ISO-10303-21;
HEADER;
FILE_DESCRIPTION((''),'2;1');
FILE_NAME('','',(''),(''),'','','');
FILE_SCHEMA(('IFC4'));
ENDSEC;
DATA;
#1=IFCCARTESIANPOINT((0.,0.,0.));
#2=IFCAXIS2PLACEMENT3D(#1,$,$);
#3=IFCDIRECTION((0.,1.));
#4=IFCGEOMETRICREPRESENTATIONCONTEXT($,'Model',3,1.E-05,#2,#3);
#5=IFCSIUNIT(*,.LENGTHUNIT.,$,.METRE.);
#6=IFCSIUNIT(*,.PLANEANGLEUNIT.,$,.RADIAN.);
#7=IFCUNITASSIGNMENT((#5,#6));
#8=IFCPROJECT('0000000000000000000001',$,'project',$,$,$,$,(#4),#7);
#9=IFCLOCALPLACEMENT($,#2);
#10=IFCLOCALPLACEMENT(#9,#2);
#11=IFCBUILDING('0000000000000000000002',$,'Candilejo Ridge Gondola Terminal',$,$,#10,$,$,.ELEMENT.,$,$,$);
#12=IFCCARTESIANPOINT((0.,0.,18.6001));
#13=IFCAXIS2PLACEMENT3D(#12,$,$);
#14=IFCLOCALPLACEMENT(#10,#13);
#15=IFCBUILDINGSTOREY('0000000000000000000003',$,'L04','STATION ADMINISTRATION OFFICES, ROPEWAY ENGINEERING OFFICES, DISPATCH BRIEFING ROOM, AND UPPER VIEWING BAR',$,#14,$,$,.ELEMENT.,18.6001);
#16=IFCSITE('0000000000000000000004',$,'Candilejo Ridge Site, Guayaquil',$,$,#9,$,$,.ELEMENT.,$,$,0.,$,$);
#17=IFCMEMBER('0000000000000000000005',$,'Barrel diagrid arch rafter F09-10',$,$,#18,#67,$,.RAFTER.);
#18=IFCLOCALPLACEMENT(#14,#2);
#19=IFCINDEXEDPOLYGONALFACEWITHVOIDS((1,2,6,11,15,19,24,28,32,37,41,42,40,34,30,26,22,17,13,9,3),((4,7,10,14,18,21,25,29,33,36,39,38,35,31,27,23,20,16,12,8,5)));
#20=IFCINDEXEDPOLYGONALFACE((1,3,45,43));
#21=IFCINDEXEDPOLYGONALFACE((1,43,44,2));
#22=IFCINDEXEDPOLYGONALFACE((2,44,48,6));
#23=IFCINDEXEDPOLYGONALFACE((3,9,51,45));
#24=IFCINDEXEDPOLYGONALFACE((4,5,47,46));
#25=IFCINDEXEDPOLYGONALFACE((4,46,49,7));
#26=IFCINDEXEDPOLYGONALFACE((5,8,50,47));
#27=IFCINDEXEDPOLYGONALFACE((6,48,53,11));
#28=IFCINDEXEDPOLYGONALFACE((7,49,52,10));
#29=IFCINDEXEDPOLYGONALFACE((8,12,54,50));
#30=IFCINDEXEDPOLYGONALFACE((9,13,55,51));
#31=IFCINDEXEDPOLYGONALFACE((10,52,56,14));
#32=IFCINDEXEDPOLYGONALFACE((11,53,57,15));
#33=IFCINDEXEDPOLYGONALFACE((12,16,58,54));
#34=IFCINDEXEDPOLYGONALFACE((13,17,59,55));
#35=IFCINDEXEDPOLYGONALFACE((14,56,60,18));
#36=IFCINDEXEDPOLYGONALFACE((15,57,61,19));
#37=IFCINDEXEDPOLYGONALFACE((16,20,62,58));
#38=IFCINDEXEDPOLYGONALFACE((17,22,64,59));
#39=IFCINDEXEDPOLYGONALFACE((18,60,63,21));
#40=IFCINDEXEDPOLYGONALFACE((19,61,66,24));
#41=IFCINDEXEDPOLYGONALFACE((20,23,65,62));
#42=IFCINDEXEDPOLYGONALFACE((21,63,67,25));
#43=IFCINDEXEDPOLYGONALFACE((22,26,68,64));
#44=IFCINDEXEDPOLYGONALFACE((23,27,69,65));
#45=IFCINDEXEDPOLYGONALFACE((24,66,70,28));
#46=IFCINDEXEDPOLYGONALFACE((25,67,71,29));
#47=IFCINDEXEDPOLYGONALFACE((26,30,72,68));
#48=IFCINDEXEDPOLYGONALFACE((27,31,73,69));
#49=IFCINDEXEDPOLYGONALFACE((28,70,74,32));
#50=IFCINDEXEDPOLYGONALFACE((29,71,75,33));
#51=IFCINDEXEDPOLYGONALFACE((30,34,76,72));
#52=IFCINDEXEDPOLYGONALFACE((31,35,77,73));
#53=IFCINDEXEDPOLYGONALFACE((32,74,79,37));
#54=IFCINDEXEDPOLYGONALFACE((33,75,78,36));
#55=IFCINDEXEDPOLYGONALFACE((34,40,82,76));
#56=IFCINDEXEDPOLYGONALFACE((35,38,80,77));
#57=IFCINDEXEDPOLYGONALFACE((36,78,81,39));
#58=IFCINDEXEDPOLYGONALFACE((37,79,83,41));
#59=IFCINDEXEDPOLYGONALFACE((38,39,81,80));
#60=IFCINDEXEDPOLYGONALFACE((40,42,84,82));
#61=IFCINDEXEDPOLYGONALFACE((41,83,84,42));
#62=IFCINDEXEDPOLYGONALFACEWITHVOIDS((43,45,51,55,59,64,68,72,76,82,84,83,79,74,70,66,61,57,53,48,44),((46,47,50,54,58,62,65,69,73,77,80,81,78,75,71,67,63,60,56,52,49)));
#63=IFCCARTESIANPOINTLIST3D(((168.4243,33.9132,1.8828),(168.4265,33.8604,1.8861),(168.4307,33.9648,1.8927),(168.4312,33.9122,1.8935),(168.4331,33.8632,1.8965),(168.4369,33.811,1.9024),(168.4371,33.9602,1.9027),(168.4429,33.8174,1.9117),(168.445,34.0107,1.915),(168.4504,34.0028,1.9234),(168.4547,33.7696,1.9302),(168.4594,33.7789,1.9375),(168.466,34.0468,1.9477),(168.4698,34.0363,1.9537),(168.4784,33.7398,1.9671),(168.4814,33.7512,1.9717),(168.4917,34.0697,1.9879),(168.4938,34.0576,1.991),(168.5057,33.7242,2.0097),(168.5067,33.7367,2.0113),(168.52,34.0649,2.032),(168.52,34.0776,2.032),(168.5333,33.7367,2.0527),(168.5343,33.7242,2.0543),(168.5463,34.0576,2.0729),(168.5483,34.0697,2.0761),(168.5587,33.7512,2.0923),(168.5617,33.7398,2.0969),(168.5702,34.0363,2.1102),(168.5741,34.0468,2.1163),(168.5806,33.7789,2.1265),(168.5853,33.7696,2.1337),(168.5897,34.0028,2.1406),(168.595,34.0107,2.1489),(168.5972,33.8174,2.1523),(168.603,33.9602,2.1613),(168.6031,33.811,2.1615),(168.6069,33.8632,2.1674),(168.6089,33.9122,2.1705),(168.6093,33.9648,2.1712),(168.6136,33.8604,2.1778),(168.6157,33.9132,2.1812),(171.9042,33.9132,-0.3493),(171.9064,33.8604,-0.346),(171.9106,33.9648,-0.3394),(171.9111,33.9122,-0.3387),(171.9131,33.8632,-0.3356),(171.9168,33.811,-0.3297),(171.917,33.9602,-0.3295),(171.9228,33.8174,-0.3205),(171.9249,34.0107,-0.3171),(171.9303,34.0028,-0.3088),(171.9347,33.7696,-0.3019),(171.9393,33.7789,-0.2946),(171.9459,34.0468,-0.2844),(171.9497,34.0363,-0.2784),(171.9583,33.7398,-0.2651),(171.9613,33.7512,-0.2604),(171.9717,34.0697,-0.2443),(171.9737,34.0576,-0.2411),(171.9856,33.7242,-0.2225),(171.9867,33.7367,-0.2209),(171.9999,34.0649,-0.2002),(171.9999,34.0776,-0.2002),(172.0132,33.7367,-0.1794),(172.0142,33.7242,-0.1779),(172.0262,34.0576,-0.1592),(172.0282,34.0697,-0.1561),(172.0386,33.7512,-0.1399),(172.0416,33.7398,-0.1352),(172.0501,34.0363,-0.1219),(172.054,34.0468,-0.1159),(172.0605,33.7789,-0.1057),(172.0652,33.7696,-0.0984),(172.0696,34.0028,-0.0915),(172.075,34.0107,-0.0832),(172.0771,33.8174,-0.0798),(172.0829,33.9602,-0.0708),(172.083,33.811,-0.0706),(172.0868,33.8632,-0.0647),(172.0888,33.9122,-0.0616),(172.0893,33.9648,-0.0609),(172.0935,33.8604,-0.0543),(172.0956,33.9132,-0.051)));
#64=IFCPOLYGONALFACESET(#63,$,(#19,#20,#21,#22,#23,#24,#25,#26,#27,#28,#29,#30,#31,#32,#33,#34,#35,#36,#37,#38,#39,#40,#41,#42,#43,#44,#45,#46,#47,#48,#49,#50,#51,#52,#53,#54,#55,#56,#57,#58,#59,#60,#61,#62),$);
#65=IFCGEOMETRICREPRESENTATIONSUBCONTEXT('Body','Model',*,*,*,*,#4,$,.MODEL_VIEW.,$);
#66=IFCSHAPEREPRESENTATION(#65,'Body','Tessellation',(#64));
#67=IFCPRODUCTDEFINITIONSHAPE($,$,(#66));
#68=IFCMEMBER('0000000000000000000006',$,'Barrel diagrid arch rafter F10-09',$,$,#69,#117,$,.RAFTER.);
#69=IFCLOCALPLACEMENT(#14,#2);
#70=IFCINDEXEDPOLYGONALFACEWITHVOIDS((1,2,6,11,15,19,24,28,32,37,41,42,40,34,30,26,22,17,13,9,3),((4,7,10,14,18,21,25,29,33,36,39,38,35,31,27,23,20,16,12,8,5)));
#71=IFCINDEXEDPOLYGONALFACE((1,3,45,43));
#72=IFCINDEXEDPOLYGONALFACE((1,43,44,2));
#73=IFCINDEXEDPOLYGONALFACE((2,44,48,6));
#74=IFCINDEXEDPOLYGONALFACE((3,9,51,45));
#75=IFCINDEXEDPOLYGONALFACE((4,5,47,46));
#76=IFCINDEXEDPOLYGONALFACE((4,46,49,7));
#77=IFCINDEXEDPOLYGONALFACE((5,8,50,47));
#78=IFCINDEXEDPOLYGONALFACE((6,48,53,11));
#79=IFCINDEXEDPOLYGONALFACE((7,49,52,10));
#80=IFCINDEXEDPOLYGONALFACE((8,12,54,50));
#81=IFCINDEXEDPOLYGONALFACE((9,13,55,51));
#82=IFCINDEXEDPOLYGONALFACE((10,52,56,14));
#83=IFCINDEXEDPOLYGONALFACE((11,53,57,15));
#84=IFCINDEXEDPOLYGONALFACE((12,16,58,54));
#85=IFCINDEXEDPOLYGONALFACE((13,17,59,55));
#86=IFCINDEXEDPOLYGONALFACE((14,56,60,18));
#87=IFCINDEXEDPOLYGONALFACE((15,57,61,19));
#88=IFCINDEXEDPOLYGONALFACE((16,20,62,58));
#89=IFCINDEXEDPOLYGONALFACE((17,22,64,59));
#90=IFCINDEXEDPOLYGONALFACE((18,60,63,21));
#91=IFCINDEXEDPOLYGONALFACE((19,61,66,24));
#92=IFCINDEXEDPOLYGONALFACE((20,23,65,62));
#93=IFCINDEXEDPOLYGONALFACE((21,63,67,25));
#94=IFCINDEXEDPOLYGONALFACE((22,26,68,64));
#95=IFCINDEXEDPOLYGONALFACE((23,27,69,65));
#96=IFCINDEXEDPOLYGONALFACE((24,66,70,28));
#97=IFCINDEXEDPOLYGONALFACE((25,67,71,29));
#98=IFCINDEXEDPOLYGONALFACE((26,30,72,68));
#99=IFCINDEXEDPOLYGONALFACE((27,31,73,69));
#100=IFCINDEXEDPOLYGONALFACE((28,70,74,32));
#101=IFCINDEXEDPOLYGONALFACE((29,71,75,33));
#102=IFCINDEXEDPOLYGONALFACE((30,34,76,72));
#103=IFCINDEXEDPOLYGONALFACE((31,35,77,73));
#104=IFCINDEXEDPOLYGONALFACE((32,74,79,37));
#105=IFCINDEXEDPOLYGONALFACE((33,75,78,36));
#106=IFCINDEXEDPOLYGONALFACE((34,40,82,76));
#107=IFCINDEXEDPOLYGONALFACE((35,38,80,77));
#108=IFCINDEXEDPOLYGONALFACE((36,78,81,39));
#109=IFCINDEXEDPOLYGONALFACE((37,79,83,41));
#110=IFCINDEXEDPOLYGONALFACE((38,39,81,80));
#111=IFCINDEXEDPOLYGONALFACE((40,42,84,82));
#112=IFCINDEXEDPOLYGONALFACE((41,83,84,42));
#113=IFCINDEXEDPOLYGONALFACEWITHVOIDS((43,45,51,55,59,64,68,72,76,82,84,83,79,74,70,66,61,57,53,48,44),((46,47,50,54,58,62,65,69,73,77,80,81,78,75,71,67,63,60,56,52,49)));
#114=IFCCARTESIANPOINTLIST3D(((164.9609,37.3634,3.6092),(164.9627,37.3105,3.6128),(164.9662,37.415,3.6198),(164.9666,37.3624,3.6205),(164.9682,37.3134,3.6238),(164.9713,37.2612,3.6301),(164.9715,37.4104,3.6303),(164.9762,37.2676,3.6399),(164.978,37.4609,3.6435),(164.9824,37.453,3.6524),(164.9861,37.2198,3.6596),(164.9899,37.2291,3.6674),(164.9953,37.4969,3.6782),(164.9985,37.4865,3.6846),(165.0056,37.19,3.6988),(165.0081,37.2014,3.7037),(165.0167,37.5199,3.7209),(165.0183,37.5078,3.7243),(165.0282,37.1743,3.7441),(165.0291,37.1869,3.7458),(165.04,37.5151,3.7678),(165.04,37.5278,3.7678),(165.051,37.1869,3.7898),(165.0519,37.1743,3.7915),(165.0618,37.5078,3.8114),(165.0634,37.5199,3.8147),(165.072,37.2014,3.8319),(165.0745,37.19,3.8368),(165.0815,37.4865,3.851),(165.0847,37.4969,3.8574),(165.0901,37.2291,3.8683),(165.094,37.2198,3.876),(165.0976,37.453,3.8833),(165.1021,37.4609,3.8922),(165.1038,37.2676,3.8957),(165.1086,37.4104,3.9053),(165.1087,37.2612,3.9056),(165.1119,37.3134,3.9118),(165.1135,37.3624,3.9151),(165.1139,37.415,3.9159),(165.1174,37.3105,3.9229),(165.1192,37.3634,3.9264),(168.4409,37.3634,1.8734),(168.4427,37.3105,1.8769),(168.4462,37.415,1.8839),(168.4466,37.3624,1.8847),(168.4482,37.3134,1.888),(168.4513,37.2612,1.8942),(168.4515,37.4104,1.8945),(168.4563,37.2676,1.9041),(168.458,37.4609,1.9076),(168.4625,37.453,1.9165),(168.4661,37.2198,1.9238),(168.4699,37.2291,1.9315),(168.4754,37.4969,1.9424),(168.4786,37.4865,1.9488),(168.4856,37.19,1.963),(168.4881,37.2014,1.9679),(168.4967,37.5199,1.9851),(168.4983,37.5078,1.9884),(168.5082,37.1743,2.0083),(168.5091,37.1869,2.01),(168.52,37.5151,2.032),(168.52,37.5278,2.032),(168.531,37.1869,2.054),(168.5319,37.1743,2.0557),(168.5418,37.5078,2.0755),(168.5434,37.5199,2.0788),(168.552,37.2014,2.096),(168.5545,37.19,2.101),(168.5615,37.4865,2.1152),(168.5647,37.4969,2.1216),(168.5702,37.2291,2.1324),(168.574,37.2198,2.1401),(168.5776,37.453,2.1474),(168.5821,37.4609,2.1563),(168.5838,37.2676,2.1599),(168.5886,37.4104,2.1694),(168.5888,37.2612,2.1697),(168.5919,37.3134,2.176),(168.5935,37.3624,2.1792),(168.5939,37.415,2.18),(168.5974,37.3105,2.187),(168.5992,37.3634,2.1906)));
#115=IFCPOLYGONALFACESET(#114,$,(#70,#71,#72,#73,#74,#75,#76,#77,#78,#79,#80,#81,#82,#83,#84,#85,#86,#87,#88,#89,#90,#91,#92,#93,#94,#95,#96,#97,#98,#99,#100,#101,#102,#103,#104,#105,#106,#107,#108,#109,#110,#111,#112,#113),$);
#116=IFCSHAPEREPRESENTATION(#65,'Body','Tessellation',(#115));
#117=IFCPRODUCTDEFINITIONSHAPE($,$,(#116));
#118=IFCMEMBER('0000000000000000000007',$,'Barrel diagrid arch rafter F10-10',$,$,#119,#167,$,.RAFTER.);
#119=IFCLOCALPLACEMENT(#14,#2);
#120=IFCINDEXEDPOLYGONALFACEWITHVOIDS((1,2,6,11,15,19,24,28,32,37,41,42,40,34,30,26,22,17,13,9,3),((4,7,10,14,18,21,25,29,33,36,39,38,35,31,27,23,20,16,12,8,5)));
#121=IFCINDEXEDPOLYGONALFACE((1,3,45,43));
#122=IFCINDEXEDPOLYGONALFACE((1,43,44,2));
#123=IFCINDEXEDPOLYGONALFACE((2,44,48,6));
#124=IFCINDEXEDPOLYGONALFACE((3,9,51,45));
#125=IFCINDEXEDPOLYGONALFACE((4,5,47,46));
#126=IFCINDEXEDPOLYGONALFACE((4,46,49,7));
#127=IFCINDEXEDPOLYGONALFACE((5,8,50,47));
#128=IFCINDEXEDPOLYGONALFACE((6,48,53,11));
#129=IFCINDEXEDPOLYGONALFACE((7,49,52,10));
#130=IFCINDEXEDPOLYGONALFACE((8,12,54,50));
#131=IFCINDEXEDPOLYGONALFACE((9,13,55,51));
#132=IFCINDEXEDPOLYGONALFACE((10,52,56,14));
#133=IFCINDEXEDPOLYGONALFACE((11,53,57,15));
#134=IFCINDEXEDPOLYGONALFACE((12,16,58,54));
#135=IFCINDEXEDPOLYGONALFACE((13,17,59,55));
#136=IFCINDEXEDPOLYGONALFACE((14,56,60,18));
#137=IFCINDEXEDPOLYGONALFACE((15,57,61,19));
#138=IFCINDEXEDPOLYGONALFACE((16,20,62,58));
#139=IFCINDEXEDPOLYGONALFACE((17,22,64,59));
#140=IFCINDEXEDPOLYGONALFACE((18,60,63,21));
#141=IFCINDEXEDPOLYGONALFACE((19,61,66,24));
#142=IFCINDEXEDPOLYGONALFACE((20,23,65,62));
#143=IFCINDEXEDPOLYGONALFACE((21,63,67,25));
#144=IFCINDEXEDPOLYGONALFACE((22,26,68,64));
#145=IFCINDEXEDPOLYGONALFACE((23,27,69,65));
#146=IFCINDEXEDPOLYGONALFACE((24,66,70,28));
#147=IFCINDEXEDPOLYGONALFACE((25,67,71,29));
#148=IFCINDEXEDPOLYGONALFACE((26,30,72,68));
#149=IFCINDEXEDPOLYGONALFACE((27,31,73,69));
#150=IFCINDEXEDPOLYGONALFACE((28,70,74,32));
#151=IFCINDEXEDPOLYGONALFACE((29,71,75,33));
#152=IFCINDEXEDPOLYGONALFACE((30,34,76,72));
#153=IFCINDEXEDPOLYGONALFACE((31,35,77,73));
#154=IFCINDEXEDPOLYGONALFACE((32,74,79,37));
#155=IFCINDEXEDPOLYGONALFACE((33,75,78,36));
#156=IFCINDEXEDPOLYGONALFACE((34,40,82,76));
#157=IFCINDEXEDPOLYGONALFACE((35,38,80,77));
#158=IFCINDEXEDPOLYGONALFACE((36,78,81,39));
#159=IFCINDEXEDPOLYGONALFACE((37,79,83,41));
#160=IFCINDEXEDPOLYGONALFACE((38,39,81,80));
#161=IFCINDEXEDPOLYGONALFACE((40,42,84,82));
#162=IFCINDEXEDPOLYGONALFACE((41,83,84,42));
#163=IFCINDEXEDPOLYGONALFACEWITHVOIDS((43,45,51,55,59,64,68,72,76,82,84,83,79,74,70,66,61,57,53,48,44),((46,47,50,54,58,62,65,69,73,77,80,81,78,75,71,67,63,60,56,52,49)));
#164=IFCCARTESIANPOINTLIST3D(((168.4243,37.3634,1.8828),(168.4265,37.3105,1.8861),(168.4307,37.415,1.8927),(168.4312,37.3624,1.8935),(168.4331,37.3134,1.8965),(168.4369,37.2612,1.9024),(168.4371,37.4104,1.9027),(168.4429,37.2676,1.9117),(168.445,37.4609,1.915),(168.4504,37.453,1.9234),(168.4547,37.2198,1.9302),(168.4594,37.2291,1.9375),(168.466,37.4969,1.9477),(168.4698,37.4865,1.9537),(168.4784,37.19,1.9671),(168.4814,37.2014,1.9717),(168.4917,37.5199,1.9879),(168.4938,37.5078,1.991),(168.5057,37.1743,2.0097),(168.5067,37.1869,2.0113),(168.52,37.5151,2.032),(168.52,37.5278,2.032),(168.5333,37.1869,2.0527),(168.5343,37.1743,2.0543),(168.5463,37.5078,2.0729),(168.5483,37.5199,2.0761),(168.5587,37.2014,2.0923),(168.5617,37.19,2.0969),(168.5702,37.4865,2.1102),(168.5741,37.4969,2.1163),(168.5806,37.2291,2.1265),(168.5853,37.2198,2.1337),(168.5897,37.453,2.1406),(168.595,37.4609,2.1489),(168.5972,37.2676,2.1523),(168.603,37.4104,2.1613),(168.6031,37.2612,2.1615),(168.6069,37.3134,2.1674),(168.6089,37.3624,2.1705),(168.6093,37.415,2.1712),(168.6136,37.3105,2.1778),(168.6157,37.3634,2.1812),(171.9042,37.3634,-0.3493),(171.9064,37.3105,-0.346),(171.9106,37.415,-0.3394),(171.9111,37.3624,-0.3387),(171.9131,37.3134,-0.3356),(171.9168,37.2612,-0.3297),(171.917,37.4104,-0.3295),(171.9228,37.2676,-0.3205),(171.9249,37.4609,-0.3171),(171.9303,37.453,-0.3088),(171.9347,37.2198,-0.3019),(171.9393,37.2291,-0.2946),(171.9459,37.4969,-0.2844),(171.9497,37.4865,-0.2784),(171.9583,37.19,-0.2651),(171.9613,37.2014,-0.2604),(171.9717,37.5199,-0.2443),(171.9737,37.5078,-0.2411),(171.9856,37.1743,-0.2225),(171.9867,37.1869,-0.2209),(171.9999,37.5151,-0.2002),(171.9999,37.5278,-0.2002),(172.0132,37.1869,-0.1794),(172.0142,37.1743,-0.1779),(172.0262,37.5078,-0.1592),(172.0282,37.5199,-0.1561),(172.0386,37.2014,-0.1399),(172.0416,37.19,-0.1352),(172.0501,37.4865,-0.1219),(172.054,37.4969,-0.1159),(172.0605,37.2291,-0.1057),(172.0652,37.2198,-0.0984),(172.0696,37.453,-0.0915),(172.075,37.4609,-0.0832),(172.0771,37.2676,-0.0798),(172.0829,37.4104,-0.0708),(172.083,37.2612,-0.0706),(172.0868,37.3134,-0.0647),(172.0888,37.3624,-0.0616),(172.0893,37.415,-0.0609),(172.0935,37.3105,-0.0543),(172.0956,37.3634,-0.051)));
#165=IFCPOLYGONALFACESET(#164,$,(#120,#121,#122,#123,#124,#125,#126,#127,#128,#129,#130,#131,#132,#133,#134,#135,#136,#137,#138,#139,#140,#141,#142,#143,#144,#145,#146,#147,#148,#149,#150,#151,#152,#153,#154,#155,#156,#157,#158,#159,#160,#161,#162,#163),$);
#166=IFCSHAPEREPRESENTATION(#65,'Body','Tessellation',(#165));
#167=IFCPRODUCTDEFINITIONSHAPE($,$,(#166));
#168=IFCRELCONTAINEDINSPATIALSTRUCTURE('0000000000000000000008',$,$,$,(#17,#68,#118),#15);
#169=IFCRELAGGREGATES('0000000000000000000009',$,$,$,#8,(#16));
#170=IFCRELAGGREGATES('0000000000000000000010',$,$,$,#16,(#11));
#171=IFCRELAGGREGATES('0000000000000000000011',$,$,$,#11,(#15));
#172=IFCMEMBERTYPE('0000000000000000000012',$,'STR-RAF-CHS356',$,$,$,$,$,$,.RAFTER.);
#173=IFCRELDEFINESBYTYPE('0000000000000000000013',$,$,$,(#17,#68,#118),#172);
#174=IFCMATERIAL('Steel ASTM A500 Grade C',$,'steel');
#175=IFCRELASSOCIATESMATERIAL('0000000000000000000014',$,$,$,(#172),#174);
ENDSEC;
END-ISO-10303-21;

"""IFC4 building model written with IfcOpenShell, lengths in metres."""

from ifc_helpers import new_model, si_unit, direction, frame, origin, origin_2d, place, context, subcontext, project, spatial, hollow_circle, extrude, material, material_profile, profile_set, type_object, element, save


model = new_model("IFC4")

# Units and contexts
model_context = context("Model", 3, precision=1e-05, world=origin(), true_north=direction((0.0, 1.0)))
body_context = subcontext(model_context, "Body", "Model", "MODEL_VIEW")
ifc_project = project(units=[si_unit("LENGTHUNIT", "METRE"), si_unit("PLANEANGLEUNIT", "RADIAN")], contexts=[model_context])

# Site, building, storey
site_placement = place(None, origin())
site = spatial("IfcSite", under=ifc_project, at=site_placement, Name="Candilejo Ridge Site, Guayaquil", CompositionType="ELEMENT", RefElevation=0.0)
building_placement = place(site_placement, origin())
building = spatial("IfcBuilding", under=site, at=building_placement, Name="Candilejo Ridge Gondola Terminal", CompositionType="ELEMENT")
storey_placement = place(building_placement, frame((0.0, 0.0, 18.6001)))
storey = spatial("IfcBuildingStorey", under=building, at=storey_placement, Name="L04", Description="STATION ADMINISTRATION OFFICES, ROPEWAY ENGINEERING OFFICES, DISPATCH BRIEFING ROOM, AND UPPER VIEWING BAR", CompositionType="ELEMENT", Elevation=18.6001)

# Members
ifc_material_1 = material(Name="Steel ASTM A500 Grade C", Category="steel")
ifc_material_profile_1 = material_profile(ifc_material_1, hollow_circle(Radius=0.1777, WallThickness=0.0127, at=origin_2d()))
ifc_profile_set_1 = profile_set([ifc_material_profile_1], Name="Steel ASTM A500 Grade C")
member_type_1 = type_object("IfcMemberType", Name="STR-RAF-CHS356", PredefinedType="RAFTER", material=ifc_profile_set_1)
member_1_placement = place(storey_placement, frame((168.52, 33.8999, 2.032), z_axis=(0.841723, 0.0, -0.53991), x_axis=(0.0, 1.0, 0.0)))
element("IfcMember", 1, at=member_1_placement, inside=storey, type_object=member_type_1, Name="Barrel diagrid arch rafter F09-10", PredefinedType="RAFTER", context=body_context, shape_type="SweptSolid", body=[
    extrude(hollow_circle(Radius=0.1777, WallThickness=0.0127, at=origin_2d()), origin(), (0.0, 0.0, 1.0), 4.1343),
])
member_2_placement = place(storey_placement, frame((165.04, 37.3501, 3.7678), z_axis=(0.894854, 0.0, -0.44636), x_axis=(0.0, 1.0, 0.0)))
element("IfcMember", 2, at=member_2_placement, inside=storey, type_object=member_type_1, Name="Barrel diagrid arch rafter F10-09", PredefinedType="RAFTER", context=body_context, shape_type="SweptSolid", body=[
    extrude(hollow_circle(Radius=0.1777, WallThickness=0.0127, at=origin_2d()), origin(), (0.0, 0.0, 1.0), 3.8889),
])
member_3_placement = place(storey_placement, frame((168.52, 37.3501, 2.032), z_axis=(0.841723, 0.0, -0.53991), x_axis=(0.0, 1.0, 0.0)))
element("IfcMember", 3, at=member_3_placement, inside=storey, type_object=member_type_1, Name="Barrel diagrid arch rafter F10-10", PredefinedType="RAFTER", context=body_context, shape_type="SweptSolid", body=[
    extrude(hollow_circle(Radius=0.1777, WallThickness=0.0127, at=origin_2d()), origin(), (0.0, 0.0, 1.0), 4.1343),
])

save(model, "model.ifc")
